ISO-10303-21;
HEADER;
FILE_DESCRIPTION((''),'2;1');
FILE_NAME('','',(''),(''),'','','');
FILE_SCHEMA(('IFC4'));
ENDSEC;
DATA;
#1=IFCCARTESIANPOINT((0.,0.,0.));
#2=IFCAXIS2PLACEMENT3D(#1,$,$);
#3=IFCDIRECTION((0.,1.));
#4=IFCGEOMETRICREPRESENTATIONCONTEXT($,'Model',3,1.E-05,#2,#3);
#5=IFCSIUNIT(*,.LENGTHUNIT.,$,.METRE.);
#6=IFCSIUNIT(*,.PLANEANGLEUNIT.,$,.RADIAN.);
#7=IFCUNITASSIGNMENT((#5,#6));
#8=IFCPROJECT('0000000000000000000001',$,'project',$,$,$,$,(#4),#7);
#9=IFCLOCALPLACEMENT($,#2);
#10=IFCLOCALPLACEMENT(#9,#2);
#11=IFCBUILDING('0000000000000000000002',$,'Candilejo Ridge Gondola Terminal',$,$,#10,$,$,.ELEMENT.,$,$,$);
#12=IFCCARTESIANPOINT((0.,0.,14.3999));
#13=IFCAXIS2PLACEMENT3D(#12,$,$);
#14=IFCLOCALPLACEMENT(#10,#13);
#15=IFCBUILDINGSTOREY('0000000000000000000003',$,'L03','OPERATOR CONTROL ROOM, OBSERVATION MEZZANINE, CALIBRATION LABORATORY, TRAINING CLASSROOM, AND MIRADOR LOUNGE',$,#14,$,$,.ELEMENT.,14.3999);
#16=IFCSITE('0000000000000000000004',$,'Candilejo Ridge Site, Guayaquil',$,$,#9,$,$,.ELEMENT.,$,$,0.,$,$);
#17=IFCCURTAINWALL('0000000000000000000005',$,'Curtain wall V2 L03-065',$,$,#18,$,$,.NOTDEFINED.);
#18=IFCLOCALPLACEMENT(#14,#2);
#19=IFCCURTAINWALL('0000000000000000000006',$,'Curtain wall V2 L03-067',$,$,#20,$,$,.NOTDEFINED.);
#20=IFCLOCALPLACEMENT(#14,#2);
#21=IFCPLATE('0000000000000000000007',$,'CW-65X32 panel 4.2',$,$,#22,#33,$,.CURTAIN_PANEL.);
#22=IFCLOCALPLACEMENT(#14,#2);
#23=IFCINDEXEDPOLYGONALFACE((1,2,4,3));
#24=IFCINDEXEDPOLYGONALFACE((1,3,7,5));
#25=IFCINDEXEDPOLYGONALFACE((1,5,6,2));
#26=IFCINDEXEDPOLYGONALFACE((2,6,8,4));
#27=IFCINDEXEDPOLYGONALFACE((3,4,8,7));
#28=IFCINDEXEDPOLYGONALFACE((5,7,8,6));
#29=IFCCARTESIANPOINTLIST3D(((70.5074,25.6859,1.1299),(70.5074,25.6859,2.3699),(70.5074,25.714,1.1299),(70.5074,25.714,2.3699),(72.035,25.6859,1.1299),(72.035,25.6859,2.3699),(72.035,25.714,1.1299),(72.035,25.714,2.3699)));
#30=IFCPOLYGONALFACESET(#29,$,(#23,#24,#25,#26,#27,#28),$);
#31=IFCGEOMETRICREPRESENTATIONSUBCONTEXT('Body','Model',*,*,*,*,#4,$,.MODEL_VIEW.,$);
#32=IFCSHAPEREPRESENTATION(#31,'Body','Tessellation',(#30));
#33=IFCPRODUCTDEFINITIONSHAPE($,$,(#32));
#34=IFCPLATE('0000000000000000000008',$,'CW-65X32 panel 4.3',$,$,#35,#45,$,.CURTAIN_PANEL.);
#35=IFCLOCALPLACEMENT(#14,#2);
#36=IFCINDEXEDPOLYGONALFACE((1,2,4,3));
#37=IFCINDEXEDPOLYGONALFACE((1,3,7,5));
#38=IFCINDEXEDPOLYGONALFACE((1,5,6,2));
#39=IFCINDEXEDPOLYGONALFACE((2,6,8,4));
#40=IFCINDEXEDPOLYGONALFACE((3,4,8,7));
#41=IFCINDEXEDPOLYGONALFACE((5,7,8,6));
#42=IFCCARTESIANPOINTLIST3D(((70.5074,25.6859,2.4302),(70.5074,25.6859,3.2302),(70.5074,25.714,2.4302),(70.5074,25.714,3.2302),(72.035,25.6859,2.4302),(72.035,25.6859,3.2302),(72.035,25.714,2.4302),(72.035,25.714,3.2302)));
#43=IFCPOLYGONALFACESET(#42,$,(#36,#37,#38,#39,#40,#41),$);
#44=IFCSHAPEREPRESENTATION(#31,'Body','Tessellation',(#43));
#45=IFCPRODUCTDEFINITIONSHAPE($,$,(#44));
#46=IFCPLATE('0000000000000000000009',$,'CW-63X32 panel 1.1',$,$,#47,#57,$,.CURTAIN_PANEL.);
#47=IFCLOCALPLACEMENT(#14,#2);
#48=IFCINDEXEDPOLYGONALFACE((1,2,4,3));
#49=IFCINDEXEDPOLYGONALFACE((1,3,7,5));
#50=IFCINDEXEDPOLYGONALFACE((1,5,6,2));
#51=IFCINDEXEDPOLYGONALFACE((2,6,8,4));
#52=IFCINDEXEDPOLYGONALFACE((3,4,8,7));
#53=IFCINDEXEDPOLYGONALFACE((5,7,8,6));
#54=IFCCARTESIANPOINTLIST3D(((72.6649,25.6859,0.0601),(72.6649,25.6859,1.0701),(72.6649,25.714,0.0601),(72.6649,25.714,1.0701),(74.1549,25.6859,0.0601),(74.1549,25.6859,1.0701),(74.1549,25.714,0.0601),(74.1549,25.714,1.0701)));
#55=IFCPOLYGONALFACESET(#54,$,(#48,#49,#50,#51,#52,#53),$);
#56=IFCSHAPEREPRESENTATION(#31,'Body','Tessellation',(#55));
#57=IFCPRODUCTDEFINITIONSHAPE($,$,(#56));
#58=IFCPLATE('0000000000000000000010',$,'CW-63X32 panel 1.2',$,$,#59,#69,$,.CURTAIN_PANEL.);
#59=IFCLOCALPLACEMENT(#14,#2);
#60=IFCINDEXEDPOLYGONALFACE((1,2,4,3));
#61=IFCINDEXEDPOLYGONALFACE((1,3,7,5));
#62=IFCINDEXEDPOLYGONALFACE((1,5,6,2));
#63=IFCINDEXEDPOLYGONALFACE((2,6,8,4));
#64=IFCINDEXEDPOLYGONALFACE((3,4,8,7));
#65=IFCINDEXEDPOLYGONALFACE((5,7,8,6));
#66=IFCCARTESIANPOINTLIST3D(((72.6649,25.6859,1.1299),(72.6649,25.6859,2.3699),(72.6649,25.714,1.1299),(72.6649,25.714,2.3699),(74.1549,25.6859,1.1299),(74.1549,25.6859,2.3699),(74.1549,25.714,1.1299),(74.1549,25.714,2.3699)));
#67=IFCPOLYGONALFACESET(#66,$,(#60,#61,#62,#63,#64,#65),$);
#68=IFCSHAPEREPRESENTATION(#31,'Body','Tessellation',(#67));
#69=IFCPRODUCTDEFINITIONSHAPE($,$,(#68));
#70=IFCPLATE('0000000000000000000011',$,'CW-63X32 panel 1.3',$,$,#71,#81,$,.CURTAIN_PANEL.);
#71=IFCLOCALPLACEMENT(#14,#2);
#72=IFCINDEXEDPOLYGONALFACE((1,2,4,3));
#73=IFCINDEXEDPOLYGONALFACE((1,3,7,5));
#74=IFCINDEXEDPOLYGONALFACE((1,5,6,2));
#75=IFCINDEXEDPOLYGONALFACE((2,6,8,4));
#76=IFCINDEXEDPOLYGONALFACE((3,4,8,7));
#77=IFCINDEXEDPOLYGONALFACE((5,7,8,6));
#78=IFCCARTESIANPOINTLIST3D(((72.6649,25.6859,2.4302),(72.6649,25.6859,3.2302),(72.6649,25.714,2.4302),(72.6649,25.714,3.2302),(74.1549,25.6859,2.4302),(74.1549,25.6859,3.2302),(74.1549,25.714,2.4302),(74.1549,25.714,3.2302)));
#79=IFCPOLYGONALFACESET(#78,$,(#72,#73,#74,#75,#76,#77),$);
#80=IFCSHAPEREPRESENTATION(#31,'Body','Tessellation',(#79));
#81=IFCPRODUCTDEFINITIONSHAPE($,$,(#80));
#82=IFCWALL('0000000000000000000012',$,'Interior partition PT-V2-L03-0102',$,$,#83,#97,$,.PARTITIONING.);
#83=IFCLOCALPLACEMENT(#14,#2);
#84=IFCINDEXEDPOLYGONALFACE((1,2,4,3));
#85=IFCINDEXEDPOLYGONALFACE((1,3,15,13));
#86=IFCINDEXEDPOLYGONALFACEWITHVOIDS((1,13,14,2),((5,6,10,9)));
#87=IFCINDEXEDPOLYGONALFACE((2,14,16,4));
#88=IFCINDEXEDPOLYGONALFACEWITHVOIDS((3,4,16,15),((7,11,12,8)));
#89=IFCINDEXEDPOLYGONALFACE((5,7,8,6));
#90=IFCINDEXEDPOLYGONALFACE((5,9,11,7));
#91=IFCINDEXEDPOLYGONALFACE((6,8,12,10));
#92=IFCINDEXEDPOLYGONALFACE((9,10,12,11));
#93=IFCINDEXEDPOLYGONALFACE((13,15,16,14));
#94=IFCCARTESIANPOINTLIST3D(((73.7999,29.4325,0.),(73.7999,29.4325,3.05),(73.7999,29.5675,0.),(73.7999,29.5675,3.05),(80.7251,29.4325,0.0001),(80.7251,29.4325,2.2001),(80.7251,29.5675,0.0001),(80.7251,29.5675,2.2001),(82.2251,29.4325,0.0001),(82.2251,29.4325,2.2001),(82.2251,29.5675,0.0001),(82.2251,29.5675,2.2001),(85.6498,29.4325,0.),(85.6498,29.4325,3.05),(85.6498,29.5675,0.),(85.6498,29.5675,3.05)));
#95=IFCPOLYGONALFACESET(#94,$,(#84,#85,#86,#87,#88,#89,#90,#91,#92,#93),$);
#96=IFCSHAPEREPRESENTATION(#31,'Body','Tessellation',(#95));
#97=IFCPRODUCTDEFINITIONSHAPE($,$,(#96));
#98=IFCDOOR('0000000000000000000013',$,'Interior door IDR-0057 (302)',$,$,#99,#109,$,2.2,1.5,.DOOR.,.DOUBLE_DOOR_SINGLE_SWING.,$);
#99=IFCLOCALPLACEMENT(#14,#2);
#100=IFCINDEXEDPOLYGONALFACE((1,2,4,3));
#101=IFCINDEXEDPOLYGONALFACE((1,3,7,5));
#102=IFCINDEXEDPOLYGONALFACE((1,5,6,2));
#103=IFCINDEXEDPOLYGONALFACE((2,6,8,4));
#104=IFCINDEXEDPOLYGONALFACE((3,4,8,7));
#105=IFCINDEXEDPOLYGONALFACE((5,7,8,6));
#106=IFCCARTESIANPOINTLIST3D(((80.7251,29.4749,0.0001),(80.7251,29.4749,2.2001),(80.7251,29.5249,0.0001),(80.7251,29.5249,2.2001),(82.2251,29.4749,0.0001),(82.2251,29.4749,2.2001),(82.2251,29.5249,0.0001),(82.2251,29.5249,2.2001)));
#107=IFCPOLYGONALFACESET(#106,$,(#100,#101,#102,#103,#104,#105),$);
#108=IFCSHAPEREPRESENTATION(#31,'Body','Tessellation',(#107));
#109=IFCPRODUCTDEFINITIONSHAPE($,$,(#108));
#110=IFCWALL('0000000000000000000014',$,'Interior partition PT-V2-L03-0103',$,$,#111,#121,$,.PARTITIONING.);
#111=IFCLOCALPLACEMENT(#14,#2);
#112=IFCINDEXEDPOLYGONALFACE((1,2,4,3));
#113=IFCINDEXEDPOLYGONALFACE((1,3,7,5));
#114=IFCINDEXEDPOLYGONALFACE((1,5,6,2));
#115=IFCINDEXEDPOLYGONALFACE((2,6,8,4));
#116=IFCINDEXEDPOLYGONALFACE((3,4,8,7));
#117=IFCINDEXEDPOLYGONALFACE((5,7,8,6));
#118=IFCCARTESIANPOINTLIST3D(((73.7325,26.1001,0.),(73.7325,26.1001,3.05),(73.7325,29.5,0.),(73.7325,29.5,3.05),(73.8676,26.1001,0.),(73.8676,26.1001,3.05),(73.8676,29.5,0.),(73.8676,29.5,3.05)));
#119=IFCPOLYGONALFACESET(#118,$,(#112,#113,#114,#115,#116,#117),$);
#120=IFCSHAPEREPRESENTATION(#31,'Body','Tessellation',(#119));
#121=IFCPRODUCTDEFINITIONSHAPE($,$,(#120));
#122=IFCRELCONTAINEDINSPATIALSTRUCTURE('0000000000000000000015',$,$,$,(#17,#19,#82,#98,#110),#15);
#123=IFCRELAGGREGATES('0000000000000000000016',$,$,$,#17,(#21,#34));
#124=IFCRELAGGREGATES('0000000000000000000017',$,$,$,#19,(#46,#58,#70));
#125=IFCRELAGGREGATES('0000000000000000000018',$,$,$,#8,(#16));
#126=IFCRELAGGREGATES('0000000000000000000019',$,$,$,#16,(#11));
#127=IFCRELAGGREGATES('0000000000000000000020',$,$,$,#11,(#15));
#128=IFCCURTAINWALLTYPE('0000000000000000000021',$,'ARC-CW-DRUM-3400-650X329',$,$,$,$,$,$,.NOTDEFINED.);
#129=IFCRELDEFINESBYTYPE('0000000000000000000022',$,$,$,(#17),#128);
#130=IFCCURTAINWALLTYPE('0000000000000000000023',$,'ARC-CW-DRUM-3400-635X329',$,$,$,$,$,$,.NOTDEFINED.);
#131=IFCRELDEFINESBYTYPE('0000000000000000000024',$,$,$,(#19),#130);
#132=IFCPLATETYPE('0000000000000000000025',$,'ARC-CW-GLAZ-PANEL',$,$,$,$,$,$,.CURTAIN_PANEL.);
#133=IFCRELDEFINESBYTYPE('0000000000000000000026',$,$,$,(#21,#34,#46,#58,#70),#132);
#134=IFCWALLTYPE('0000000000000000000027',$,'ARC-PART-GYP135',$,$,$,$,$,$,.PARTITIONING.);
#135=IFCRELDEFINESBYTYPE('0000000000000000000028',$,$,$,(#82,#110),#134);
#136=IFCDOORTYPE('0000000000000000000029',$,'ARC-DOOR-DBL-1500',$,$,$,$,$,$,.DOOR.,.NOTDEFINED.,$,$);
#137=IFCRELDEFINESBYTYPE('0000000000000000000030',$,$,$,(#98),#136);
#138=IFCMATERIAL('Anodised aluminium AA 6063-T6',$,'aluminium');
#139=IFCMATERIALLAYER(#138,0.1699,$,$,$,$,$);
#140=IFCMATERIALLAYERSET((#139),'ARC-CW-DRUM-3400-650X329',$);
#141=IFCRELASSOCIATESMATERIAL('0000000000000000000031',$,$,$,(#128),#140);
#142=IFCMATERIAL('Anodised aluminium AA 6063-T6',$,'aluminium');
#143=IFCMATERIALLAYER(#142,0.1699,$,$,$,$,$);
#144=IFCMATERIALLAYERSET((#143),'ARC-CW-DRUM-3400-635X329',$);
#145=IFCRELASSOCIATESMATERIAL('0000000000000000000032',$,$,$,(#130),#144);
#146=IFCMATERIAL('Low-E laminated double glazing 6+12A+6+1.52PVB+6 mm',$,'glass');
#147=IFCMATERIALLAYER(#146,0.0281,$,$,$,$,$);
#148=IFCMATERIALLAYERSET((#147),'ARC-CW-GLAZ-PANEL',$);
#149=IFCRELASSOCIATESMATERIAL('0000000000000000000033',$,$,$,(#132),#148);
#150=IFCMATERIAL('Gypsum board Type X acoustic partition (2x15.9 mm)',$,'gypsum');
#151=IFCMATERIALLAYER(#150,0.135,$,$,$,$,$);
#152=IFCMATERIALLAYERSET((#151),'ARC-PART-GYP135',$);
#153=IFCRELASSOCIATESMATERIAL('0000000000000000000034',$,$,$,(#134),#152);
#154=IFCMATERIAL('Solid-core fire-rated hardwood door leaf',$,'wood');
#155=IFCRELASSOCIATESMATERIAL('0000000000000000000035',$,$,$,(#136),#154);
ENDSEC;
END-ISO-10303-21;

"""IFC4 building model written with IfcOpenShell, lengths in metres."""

from ifc_helpers import new_model, si_unit, direction, frame, frame_2d, origin, origin_2d, place, context, subcontext, project, spatial, rectangle, extrude, material, layer, layer_set, type_object, element, fill, aggregate, save


model = new_model("IFC4")

# Units and contexts
model_context = context("Model", 3, precision=1e-05, world=origin(), true_north=direction((0.0, 1.0)))
body_context = subcontext(model_context, "Body", "Model", "MODEL_VIEW")
ifc_project = project(units=[si_unit("LENGTHUNIT", "METRE"), si_unit("PLANEANGLEUNIT", "RADIAN")], contexts=[model_context])

# Site, building, storey
site_placement = place(None, origin())
site = spatial("IfcSite", under=ifc_project, at=site_placement, Name="Candilejo Ridge Site, Guayaquil", CompositionType="ELEMENT", RefElevation=0.0)
building_placement = place(site_placement, origin())
building = spatial("IfcBuilding", under=site, at=building_placement, Name="Candilejo Ridge Gondola Terminal", CompositionType="ELEMENT")
storey_placement = place(building_placement, frame((0.0, 0.0, 14.3999)))
storey = spatial("IfcBuildingStorey", under=building, at=storey_placement, Name="L03", Description="OPERATOR CONTROL ROOM, OBSERVATION MEZZANINE, CALIBRATION LABORATORY, TRAINING CLASSROOM, AND MIRADOR LOUNGE", CompositionType="ELEMENT", Elevation=14.3999)

# Curtain wall
ifc_material_1 = material(Name="Anodised aluminium AA 6063-T6", Category="aluminium")
ifc_layer_1 = layer(ifc_material_1, 0.1699)
ifc_layer_set_1 = layer_set([ifc_layer_1], Name="ARC-CW-DRUM-3400-650X329")
curtain_wall_type_1 = type_object("IfcCurtainWallType", Name="ARC-CW-DRUM-3400-650X329", PredefinedType="NOTDEFINED", material=ifc_layer_set_1)
curtain_wall_1_placement = place(storey_placement, origin())
curtain_wall_1 = element("IfcCurtainWall", 1, at=curtain_wall_1_placement, inside=storey, type_object=curtain_wall_type_1, Name="Curtain wall V2 L03-065", PredefinedType="NOTDEFINED")

# Curtain wall
ifc_material_2 = material(Name="Anodised aluminium AA 6063-T6", Category="aluminium")
ifc_layer_2 = layer(ifc_material_2, 0.1699)
ifc_layer_set_2 = layer_set([ifc_layer_2], Name="ARC-CW-DRUM-3400-635X329")
curtain_wall_type_2 = type_object("IfcCurtainWallType", Name="ARC-CW-DRUM-3400-635X329", PredefinedType="NOTDEFINED", material=ifc_layer_set_2)
curtain_wall_2_placement = place(storey_placement, origin())
curtain_wall_2 = element("IfcCurtainWall", 2, at=curtain_wall_2_placement, inside=storey, type_object=curtain_wall_type_2, Name="Curtain wall V2 L03-067", PredefinedType="NOTDEFINED")

# Plates
ifc_material_3 = material(Name="Low-E laminated double glazing 6+12A+6+1.52PVB+6 mm", Category="glass")
ifc_layer_3 = layer(ifc_material_3, 0.0281)
ifc_layer_set_3 = layer_set([ifc_layer_3], Name="ARC-CW-GLAZ-PANEL")
plate_type = type_object("IfcPlateType", Name="ARC-CW-GLAZ-PANEL", PredefinedType="CURTAIN_PANEL", material=ifc_layer_set_3)
plate_1_placement = place(storey_placement, frame((71.2712, 25.7, 1.1299), z_axis=(0.0, 0.0, 1.0), x_axis=(1.0, 0.0, 0.0)))
plate_1 = element("IfcPlate", 3, at=plate_1_placement, type_object=plate_type, Name="CW-65X32 panel 4.2", PredefinedType="CURTAIN_PANEL", context=body_context, shape_type="SweptSolid", body=[
    extrude(rectangle(XDim=1.5276, YDim=0.0281, at=origin_2d()), origin(), (0.0, 0.0, 1.0), 1.24),
])
plate_2_placement = place(storey_placement, frame((71.2712, 25.7, 2.4302), z_axis=(0.0, 0.0, 1.0), x_axis=(1.0, 0.0, 0.0)))
plate_2 = element("IfcPlate", 4, at=plate_2_placement, type_object=plate_type, Name="CW-65X32 panel 4.3", PredefinedType="CURTAIN_PANEL", context=body_context, shape_type="SweptSolid", body=[
    extrude(rectangle(XDim=1.5276, YDim=0.0281, at=origin_2d()), origin(), (0.0, 0.0, 1.0), 0.8),
])
aggregate(curtain_wall_1, [plate_1, plate_2])
plate_3_placement = place(storey_placement, frame((73.4099, 25.7, 0.0601), z_axis=(0.0, 0.0, 1.0), x_axis=(1.0, 0.0, 0.0)))
plate_3 = element("IfcPlate", 5, at=plate_3_placement, type_object=plate_type, Name="CW-63X32 panel 1.1", PredefinedType="CURTAIN_PANEL", context=body_context, shape_type="SweptSolid", body=[
    extrude(rectangle(XDim=1.49, YDim=0.0281, at=origin_2d()), origin(), (0.0, 0.0, 1.0), 1.01),
])
plate_4_placement = place(storey_placement, frame((73.4099, 25.7, 1.1299), z_axis=(0.0, 0.0, 1.0), x_axis=(1.0, 0.0, 0.0)))
plate_4 = element("IfcPlate", 6, at=plate_4_placement, type_object=plate_type, Name="CW-63X32 panel 1.2", PredefinedType="CURTAIN_PANEL", context=body_context, shape_type="SweptSolid", body=[
    extrude(rectangle(XDim=1.49, YDim=0.0281, at=origin_2d()), origin(), (0.0, 0.0, 1.0), 1.24),
])
plate_5_placement = place(storey_placement, frame((73.4099, 25.7, 2.4302), z_axis=(0.0, 0.0, 1.0), x_axis=(1.0, 0.0, 0.0)))
plate_5 = element("IfcPlate", 7, at=plate_5_placement, type_object=plate_type, Name="CW-63X32 panel 1.3", PredefinedType="CURTAIN_PANEL", context=body_context, shape_type="SweptSolid", body=[
    extrude(rectangle(XDim=1.49, YDim=0.0281, at=origin_2d()), origin(), (0.0, 0.0, 1.0), 0.8),
])
aggregate(curtain_wall_2, [plate_3, plate_4, plate_5])

# Wall, opening, door
ifc_material_4 = material(Name="Gypsum board Type X acoustic partition (2x15.9 mm)", Category="gypsum")
ifc_layer_4 = layer(ifc_material_4, 0.135)
ifc_layer_set_4 = layer_set([ifc_layer_4], Name="ARC-PART-GYP135")
wall_type = type_object("IfcWallType", Name="ARC-PART-GYP135", PredefinedType="PARTITIONING", material=ifc_layer_set_4)
wall_1_placement = place(storey_placement, frame((73.8, 29.5, 0.0), z_axis=(0.0, 0.0, 1.0), x_axis=(1.0, 0.0, 0.0)))
wall_1 = element("IfcWall", 8, at=wall_1_placement, inside=storey, type_object=wall_type, Name="Interior partition PT-V2-L03-0102", PredefinedType="PARTITIONING", context=body_context, shape_type="SweptSolid", body=[
    extrude(rectangle(XDim=11.8499, YDim=0.135, at=frame_2d((5.9248, 0.0))), origin(), (0.0, 0.0, 1.0), 3.05),
])
opening_placement = place(wall_1_placement, frame((6.925, 0.0, 0.0)))
opening = element("IfcOpeningElement", 9, at=opening_placement, cuts=wall_1, PredefinedType="OPENING", context=body_context, shape_type="SweptSolid", body=[
    extrude(rectangle(XDim=1.5, YDim=2.2, at=frame_2d((0.75, 1.1001))), frame((0.0, 0.0774, 0.0), z_axis=(0.0, -1.0, 0.0), x_axis=(1.0, 0.0, 0.0)), (0.0, 0.0, 1.0), 0.155),
])
ifc_material_5 = material(Name="Solid-core fire-rated hardwood door leaf", Category="wood")
door_type = type_object("IfcDoorType", Name="ARC-DOOR-DBL-1500", OperationType="NOTDEFINED", PredefinedType="DOOR", material=ifc_material_5)
door_placement = place(opening_placement, origin())
door = element("IfcDoor", 10, at=door_placement, inside=storey, type_object=door_type, Name="Interior door IDR-0057 (302)", OperationType="DOUBLE_DOOR_SINGLE_SWING", OverallHeight=2.2, OverallWidth=1.5, PredefinedType="DOOR", context=body_context, shape_type="SweptSolid", body=[
    extrude(rectangle(XDim=1.5, YDim=2.2, at=frame_2d((0.75, 1.1001))), frame((0.0, 0.0249, 0.0), z_axis=(0.0, -1.0, 0.0), x_axis=(1.0, 0.0, 0.0)), (0.0, 0.0, 1.0), 0.05),
])
fill(opening, door)

# Wall
wall_2_placement = place(storey_placement, frame((73.8, 26.1001, 0.0), z_axis=(0.0, 0.0, 1.0), x_axis=(0.0, 1.0, 0.0)))
element("IfcWall", 11, at=wall_2_placement, inside=storey, type_object=wall_type, Name="Interior partition PT-V2-L03-0103", PredefinedType="PARTITIONING", context=body_context, shape_type="SweptSolid", body=[
    extrude(rectangle(XDim=3.3999, YDim=0.135, at=frame_2d((1.7, 0.0))), origin(), (0.0, 0.0, 1.0), 3.05),
])

save(model, "model.ifc")
